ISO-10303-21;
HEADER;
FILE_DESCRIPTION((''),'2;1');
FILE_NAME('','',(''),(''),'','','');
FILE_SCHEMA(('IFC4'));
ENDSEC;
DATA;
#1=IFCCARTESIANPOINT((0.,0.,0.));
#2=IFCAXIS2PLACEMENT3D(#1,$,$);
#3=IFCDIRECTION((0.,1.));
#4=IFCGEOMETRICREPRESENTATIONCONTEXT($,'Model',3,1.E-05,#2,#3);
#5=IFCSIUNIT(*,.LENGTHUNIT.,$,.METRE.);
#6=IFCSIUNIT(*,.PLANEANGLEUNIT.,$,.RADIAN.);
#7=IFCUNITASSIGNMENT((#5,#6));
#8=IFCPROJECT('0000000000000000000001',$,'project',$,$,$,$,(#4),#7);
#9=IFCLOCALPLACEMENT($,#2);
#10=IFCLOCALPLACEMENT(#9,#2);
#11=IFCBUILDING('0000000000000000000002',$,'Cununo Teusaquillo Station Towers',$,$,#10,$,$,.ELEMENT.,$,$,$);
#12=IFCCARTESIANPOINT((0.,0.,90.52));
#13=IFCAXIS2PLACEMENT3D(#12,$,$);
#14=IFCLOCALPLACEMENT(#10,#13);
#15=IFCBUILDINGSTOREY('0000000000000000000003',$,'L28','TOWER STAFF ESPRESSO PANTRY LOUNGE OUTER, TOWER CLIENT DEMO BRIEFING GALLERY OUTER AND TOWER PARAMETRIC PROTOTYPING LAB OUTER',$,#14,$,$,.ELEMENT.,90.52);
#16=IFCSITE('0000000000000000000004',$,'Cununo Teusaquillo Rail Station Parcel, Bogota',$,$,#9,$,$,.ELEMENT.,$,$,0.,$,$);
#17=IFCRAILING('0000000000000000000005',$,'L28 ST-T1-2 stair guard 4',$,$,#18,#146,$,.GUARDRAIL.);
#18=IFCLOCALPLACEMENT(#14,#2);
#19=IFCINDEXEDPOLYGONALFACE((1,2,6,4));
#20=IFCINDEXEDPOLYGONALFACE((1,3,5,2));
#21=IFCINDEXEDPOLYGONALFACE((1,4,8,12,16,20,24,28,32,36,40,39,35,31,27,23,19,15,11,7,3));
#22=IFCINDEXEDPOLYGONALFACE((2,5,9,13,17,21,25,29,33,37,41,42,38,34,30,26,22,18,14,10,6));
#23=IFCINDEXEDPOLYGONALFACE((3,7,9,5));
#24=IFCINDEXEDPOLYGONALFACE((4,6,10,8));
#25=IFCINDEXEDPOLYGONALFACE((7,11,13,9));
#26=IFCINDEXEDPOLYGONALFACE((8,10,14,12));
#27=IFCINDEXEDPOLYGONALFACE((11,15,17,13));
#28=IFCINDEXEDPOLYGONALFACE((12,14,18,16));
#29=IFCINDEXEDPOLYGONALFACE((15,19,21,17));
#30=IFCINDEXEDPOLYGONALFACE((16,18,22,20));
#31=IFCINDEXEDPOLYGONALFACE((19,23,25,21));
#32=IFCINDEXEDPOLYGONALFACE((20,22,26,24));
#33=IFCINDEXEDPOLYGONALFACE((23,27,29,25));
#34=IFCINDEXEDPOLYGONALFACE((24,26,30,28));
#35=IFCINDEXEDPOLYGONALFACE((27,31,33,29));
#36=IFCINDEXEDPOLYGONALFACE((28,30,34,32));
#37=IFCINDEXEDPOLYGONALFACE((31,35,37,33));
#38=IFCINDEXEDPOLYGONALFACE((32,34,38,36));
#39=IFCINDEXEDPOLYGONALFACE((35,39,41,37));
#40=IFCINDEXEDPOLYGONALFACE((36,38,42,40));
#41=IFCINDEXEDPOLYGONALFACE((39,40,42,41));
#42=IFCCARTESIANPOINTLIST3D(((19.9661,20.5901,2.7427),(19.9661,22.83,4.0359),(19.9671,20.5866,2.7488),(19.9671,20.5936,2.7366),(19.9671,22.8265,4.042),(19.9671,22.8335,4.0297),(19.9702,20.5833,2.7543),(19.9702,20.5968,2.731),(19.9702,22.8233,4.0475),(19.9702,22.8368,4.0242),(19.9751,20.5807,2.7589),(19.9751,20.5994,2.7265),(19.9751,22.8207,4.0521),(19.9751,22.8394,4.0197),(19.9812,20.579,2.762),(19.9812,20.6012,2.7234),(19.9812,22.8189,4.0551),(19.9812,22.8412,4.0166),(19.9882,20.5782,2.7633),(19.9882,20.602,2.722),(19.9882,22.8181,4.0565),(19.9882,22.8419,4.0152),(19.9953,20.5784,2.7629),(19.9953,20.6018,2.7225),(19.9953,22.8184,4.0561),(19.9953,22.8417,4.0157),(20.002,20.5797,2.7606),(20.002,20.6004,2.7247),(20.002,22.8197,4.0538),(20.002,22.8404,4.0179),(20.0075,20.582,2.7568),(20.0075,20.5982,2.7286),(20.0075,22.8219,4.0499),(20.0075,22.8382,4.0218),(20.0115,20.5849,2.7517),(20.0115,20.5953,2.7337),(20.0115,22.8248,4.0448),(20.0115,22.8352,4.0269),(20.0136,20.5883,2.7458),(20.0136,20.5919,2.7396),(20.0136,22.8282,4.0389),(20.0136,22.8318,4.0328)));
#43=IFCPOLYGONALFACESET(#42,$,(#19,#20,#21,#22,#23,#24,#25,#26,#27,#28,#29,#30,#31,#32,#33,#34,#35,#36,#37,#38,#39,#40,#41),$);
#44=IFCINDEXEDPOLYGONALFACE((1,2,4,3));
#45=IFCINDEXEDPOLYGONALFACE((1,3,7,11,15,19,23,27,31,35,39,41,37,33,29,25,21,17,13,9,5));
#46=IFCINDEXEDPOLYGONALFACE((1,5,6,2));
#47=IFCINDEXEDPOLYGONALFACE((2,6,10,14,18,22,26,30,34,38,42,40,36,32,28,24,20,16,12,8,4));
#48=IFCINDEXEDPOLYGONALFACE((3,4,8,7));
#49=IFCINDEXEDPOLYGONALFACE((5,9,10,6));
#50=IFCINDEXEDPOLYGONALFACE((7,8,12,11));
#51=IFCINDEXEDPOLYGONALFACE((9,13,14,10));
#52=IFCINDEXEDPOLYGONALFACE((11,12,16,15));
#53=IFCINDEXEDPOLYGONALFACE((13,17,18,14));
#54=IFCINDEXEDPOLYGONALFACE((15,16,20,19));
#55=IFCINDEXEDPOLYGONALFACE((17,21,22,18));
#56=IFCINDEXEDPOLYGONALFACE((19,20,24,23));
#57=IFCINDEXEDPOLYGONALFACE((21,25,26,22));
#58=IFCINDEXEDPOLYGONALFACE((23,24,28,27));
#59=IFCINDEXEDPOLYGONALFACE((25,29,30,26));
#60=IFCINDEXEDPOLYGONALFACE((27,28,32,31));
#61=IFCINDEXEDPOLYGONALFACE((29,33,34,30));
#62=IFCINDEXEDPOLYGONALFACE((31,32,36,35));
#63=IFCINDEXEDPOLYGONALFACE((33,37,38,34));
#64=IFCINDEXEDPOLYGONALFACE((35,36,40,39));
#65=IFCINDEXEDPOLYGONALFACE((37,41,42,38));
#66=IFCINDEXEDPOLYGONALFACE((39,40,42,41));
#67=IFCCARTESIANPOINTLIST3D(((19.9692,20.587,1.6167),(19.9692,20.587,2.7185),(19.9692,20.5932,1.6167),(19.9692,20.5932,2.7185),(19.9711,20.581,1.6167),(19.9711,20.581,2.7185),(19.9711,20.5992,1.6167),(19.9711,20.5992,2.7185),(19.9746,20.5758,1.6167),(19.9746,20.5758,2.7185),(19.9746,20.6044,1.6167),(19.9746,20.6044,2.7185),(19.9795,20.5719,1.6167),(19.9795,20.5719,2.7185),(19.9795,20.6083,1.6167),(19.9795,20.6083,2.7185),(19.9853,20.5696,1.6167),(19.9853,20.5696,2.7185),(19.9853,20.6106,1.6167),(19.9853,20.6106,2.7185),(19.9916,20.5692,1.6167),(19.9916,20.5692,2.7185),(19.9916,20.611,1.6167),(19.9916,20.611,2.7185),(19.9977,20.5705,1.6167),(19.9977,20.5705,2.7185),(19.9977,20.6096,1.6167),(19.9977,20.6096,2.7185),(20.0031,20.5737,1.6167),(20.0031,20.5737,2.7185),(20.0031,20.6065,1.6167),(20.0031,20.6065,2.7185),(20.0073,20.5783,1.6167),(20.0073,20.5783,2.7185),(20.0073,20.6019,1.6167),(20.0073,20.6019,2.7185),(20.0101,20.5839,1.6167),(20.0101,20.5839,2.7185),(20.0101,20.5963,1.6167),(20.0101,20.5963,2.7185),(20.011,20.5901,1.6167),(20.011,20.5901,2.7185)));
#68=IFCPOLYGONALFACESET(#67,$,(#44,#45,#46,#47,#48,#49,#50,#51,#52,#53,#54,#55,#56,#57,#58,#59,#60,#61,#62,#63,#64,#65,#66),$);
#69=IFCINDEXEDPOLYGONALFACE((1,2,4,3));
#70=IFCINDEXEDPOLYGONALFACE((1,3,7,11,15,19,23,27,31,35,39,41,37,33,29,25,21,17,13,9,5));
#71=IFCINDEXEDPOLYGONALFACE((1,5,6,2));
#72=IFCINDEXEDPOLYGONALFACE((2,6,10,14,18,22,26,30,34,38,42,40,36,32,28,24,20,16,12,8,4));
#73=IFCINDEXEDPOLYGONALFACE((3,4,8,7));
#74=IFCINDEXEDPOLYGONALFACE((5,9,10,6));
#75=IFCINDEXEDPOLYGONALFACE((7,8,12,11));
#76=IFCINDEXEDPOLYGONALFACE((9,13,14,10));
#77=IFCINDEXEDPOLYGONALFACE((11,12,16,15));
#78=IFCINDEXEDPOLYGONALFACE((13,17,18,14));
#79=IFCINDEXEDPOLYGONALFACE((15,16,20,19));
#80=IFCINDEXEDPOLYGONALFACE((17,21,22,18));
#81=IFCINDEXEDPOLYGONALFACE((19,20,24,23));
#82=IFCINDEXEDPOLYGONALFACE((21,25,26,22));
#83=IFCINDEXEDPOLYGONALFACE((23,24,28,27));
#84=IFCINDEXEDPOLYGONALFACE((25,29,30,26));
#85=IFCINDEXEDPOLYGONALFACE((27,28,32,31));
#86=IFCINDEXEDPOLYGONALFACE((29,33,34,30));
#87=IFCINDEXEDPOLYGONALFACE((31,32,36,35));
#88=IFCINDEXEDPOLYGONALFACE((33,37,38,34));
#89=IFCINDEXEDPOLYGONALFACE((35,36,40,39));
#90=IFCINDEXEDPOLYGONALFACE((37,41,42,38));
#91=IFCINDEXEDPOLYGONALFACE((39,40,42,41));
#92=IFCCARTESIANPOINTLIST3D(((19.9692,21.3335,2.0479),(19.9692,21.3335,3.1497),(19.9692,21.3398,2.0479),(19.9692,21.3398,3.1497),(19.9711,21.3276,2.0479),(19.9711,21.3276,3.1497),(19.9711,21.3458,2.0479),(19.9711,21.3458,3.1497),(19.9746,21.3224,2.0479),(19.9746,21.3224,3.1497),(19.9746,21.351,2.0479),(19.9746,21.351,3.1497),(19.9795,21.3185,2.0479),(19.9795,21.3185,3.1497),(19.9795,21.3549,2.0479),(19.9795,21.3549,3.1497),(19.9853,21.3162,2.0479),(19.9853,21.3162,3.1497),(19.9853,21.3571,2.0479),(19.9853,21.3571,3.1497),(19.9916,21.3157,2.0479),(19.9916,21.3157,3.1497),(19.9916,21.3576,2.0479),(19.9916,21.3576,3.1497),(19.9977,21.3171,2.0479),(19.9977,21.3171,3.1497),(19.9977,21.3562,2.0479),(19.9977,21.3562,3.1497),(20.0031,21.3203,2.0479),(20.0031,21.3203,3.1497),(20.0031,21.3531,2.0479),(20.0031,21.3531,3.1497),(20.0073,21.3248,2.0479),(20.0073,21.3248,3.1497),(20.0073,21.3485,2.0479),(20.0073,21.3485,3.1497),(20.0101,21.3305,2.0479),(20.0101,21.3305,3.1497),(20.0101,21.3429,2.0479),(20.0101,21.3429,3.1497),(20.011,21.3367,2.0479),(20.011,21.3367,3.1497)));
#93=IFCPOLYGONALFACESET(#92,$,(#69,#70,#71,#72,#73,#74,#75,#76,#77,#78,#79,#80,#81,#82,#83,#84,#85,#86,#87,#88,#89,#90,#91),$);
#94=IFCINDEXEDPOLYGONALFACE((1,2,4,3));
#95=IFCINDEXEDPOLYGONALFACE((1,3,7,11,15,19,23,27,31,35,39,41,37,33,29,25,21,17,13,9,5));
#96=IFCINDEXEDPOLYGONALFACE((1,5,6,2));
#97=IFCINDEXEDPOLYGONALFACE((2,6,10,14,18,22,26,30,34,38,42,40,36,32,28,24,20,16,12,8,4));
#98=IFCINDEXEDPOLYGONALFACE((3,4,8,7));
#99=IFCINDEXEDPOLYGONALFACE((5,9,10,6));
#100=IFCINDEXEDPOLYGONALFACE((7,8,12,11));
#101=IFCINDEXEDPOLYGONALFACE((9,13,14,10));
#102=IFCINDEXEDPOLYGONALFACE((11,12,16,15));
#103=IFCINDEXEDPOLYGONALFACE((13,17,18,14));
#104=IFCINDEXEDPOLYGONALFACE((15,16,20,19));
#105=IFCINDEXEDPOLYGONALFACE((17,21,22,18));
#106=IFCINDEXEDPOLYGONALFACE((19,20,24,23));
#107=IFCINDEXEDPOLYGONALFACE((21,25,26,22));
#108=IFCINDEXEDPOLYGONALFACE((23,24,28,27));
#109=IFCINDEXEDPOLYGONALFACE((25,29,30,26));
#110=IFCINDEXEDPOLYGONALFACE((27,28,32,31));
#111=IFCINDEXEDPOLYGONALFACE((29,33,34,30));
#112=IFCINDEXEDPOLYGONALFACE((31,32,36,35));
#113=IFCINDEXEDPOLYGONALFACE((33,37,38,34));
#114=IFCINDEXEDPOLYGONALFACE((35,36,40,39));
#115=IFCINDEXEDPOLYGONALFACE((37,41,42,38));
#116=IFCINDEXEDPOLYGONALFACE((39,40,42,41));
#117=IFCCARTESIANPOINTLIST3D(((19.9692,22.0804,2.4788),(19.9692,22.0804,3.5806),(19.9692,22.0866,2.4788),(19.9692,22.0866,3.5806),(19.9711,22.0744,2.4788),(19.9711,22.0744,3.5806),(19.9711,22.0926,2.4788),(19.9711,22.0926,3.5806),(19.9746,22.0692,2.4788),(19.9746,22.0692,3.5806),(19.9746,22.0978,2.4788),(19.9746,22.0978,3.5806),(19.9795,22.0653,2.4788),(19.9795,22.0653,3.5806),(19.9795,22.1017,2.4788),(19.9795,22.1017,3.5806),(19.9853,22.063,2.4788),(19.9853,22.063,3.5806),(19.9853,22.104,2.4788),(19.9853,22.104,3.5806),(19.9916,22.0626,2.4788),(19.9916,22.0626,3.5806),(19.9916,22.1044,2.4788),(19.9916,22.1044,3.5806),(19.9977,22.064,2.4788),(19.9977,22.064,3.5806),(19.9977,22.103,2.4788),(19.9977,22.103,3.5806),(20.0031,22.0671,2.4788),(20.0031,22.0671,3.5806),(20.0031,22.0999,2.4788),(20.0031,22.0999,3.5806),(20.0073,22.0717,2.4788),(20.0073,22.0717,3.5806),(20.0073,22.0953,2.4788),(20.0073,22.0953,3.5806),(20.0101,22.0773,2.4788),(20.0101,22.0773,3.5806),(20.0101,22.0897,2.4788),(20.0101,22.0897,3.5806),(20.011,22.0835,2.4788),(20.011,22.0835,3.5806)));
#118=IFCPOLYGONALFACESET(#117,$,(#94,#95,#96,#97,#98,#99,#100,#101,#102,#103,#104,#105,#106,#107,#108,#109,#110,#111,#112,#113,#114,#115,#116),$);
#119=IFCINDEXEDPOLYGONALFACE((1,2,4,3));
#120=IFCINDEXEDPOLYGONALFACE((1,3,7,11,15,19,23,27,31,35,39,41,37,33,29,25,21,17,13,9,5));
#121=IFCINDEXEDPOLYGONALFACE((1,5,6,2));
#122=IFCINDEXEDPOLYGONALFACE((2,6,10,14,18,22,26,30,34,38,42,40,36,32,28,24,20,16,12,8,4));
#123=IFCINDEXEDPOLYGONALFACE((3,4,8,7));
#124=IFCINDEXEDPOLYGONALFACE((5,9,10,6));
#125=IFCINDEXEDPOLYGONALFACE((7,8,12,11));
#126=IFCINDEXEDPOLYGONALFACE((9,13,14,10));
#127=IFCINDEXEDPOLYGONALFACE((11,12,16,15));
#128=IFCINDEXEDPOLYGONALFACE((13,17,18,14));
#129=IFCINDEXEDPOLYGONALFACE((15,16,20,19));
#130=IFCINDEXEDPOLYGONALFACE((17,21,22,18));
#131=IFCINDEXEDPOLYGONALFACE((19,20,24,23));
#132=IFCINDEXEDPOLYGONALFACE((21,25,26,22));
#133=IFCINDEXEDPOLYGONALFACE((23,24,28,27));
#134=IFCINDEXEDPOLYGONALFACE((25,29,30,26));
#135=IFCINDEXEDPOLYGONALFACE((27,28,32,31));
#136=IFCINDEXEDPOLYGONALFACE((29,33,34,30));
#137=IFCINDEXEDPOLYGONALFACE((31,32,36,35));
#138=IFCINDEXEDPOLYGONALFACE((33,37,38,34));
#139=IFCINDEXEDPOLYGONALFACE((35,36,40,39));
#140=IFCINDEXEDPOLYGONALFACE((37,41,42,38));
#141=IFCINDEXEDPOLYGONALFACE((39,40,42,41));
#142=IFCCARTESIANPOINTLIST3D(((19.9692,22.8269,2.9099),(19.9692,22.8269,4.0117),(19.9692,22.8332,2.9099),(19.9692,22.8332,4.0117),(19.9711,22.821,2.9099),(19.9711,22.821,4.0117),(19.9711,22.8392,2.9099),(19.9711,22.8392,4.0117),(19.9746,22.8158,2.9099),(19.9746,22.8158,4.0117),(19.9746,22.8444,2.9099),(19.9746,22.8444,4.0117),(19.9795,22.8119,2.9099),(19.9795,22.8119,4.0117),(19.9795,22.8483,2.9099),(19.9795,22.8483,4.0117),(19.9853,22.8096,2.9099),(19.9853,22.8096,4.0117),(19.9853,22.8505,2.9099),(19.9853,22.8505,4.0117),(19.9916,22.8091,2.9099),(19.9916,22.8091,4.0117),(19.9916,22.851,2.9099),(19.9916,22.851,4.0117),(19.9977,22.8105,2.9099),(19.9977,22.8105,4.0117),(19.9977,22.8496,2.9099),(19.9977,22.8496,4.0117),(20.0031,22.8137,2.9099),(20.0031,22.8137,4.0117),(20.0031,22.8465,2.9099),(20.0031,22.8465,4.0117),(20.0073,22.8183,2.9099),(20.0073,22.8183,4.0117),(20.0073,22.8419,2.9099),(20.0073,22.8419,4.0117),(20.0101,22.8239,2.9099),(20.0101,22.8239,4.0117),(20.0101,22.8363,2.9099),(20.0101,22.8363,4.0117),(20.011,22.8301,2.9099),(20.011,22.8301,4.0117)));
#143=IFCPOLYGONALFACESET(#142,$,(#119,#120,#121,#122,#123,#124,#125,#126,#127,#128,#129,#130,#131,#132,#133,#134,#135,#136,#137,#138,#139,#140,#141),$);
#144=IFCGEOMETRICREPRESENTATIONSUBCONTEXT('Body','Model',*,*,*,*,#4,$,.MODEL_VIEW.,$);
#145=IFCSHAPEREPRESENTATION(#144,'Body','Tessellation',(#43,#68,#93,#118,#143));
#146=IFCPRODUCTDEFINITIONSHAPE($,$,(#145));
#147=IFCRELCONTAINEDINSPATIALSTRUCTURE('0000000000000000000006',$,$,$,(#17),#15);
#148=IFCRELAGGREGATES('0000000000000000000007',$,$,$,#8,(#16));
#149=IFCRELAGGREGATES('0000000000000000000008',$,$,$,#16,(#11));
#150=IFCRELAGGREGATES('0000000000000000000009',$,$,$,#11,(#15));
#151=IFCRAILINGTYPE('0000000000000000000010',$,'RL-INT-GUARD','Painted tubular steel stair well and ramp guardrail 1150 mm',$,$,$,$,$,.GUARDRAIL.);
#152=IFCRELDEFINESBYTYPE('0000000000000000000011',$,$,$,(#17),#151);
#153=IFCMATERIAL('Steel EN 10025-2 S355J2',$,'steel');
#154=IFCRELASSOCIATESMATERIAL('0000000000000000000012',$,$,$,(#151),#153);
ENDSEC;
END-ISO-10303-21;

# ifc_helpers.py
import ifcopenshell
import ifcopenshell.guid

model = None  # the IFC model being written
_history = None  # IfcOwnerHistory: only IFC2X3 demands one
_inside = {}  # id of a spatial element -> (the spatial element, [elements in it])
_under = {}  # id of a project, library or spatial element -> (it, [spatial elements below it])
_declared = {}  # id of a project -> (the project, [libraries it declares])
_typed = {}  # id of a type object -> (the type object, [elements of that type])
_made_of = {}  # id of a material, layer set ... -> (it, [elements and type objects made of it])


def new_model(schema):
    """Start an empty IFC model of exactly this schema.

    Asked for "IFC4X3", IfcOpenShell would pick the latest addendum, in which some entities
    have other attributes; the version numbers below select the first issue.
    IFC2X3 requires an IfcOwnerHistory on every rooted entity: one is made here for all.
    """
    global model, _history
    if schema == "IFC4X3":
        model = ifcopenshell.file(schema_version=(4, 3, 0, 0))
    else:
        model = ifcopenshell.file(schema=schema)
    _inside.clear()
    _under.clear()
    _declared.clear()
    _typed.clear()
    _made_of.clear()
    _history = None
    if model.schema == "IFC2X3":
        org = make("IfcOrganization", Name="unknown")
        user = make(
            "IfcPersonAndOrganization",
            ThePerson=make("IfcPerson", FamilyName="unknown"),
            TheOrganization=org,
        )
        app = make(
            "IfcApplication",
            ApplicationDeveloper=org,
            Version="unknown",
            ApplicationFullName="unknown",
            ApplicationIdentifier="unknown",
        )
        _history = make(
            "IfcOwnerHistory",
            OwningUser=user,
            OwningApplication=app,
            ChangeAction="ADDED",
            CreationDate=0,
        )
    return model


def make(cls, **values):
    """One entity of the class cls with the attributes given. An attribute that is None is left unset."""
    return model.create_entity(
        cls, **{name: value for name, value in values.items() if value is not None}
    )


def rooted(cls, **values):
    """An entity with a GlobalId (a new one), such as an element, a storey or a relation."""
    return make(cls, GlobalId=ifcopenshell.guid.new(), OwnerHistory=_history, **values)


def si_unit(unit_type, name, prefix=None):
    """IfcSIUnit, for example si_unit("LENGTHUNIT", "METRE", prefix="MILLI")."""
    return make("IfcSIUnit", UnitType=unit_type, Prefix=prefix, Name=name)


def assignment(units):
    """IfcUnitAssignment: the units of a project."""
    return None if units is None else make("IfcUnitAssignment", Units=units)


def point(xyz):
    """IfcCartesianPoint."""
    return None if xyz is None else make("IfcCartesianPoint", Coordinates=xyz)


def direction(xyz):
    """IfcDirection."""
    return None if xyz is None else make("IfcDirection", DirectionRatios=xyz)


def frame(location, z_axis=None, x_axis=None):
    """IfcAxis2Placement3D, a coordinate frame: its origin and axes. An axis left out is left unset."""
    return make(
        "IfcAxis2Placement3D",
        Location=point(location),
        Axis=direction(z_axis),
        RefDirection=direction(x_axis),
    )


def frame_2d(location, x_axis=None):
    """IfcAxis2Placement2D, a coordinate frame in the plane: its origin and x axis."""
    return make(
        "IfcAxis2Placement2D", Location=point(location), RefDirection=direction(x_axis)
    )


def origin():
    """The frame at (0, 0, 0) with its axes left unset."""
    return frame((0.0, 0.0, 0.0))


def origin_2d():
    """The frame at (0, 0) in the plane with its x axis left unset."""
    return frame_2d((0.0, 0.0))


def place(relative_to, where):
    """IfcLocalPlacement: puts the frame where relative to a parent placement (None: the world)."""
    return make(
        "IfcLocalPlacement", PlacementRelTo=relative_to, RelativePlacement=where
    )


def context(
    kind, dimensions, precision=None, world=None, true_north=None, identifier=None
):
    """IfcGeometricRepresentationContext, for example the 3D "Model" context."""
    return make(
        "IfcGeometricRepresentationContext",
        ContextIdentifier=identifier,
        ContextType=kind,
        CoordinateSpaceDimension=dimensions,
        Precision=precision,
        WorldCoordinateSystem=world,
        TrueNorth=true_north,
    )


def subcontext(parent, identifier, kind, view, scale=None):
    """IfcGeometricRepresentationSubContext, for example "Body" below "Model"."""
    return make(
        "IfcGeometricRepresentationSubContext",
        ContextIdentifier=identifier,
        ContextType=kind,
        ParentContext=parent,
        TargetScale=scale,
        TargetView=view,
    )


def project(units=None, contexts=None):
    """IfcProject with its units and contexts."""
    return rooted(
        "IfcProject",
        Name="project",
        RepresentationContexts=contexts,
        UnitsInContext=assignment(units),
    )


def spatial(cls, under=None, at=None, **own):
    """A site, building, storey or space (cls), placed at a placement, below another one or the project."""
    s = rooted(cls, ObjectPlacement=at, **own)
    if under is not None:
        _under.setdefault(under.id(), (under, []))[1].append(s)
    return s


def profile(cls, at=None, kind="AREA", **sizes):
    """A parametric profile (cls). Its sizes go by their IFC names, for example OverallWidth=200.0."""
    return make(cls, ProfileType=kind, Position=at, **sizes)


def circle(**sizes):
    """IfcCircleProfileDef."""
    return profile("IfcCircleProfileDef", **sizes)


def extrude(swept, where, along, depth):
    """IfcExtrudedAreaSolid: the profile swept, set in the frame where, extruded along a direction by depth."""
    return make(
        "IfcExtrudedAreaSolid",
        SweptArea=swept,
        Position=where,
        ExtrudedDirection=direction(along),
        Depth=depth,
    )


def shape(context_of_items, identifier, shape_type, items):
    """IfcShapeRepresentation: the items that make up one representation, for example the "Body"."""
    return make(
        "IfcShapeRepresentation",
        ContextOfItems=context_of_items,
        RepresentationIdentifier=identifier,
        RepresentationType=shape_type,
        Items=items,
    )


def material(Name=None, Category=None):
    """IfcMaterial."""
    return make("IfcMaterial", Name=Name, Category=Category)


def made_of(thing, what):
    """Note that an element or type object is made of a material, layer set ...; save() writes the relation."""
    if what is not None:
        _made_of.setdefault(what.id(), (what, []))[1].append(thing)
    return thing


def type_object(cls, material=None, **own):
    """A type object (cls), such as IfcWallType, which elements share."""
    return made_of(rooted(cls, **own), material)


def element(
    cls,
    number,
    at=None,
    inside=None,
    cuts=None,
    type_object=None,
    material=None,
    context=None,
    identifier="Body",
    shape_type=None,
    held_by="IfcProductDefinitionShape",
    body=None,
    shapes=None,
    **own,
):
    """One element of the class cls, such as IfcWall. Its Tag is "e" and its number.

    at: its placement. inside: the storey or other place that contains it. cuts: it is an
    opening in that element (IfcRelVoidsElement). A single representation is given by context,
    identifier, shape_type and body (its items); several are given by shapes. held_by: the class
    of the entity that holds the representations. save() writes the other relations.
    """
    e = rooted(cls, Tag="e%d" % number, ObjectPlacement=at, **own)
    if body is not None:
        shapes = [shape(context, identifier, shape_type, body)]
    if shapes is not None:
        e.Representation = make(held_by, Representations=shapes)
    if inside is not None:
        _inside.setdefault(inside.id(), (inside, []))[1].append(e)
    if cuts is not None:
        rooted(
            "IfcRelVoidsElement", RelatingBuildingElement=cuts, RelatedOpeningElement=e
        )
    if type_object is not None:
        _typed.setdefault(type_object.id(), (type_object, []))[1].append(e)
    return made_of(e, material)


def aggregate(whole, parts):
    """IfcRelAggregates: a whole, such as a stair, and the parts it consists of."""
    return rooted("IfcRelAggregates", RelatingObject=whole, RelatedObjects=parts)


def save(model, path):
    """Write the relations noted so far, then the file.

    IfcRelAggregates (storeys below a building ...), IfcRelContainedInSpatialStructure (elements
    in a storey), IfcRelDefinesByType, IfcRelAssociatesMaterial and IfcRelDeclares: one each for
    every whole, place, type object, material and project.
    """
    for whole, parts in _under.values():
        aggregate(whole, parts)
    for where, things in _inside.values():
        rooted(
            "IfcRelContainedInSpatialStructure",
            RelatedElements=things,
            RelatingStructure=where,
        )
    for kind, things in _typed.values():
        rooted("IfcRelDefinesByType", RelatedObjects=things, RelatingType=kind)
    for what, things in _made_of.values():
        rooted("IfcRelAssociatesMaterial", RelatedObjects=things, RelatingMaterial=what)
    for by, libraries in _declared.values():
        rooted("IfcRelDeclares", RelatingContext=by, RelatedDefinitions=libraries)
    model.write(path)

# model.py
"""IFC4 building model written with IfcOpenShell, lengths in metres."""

from ifc_helpers import new_model, si_unit, direction, frame, origin, origin_2d, place, context, subcontext, project, spatial, circle, extrude, material, type_object, element, save


model = new_model("IFC4")

# Units and contexts
model_context = context("Model", 3, precision=1e-05, world=origin(), true_north=direction((0.0, 1.0)))
body_context = subcontext(model_context, "Body", "Model", "MODEL_VIEW")
ifc_project = project(units=[si_unit("LENGTHUNIT", "METRE"), si_unit("PLANEANGLEUNIT", "RADIAN")], contexts=[model_context])

# Site, building, storey
site_placement = place(None, origin())
site = spatial("IfcSite", under=ifc_project, at=site_placement, Name="Cununo Teusaquillo Rail Station Parcel, Bogota", CompositionType="ELEMENT", RefElevation=0.0)
building_placement = place(site_placement, origin())
building = spatial("IfcBuilding", under=site, at=building_placement, Name="Cununo Teusaquillo Station Towers", CompositionType="ELEMENT")
storey_placement = place(building_placement, frame((0.0, 0.0, 90.52)))
storey = spatial("IfcBuildingStorey", under=building, at=storey_placement, Name="L28", Description="TOWER STAFF ESPRESSO PANTRY LOUNGE OUTER, TOWER CLIENT DEMO BRIEFING GALLERY OUTER AND TOWER PARAMETRIC PROTOTYPING LAB OUTER", CompositionType="ELEMENT", Elevation=90.52)

# Railing
ifc_material_1 = material(Name="Steel EN 10025-2 S355J2", Category="steel")
railing_type_1 = type_object("IfcRailingType", Name="RL-INT-GUARD", Description="Painted tubular steel stair well and ramp guardrail 1150 mm", PredefinedType="GUARDRAIL", material=ifc_material_1)
railing_1_placement = place(storey_placement, frame((19.99, 20.5901, 1.6167)))
element("IfcRailing", 1, at=railing_1_placement, inside=storey, type_object=railing_type_1, Name="L28 ST-T1-2 stair guard 4", PredefinedType="GUARDRAIL", context=body_context, shape_type="SweptSolid", body=[
    extrude(circle(Radius=0.0239, at=origin_2d()), frame((0.0, 0.0, 1.126), z_axis=(0.0, 0.866033, 0.499987), x_axis=(-1.0, 0.0, 0.0)), (0.0, 0.0, 1.0), 2.5864),
    extrude(circle(Radius=0.021, at=origin_2d()), origin(), (0.0, 0.0, 1.0), 1.1018),
    extrude(circle(Radius=0.021, at=origin_2d()), frame((0.0, 0.7466, 0.4312)), (0.0, 0.0, 1.0), 1.1018),
    extrude(circle(Radius=0.021, at=origin_2d()), frame((0.0, 1.4934, 0.8621)), (0.0, 0.0, 1.0), 1.1018),
    extrude(circle(Radius=0.021, at=origin_2d()), frame((0.0, 2.24, 1.2932)), (0.0, 0.0, 1.0), 1.1018),
])

save(model, "model.ifc")
